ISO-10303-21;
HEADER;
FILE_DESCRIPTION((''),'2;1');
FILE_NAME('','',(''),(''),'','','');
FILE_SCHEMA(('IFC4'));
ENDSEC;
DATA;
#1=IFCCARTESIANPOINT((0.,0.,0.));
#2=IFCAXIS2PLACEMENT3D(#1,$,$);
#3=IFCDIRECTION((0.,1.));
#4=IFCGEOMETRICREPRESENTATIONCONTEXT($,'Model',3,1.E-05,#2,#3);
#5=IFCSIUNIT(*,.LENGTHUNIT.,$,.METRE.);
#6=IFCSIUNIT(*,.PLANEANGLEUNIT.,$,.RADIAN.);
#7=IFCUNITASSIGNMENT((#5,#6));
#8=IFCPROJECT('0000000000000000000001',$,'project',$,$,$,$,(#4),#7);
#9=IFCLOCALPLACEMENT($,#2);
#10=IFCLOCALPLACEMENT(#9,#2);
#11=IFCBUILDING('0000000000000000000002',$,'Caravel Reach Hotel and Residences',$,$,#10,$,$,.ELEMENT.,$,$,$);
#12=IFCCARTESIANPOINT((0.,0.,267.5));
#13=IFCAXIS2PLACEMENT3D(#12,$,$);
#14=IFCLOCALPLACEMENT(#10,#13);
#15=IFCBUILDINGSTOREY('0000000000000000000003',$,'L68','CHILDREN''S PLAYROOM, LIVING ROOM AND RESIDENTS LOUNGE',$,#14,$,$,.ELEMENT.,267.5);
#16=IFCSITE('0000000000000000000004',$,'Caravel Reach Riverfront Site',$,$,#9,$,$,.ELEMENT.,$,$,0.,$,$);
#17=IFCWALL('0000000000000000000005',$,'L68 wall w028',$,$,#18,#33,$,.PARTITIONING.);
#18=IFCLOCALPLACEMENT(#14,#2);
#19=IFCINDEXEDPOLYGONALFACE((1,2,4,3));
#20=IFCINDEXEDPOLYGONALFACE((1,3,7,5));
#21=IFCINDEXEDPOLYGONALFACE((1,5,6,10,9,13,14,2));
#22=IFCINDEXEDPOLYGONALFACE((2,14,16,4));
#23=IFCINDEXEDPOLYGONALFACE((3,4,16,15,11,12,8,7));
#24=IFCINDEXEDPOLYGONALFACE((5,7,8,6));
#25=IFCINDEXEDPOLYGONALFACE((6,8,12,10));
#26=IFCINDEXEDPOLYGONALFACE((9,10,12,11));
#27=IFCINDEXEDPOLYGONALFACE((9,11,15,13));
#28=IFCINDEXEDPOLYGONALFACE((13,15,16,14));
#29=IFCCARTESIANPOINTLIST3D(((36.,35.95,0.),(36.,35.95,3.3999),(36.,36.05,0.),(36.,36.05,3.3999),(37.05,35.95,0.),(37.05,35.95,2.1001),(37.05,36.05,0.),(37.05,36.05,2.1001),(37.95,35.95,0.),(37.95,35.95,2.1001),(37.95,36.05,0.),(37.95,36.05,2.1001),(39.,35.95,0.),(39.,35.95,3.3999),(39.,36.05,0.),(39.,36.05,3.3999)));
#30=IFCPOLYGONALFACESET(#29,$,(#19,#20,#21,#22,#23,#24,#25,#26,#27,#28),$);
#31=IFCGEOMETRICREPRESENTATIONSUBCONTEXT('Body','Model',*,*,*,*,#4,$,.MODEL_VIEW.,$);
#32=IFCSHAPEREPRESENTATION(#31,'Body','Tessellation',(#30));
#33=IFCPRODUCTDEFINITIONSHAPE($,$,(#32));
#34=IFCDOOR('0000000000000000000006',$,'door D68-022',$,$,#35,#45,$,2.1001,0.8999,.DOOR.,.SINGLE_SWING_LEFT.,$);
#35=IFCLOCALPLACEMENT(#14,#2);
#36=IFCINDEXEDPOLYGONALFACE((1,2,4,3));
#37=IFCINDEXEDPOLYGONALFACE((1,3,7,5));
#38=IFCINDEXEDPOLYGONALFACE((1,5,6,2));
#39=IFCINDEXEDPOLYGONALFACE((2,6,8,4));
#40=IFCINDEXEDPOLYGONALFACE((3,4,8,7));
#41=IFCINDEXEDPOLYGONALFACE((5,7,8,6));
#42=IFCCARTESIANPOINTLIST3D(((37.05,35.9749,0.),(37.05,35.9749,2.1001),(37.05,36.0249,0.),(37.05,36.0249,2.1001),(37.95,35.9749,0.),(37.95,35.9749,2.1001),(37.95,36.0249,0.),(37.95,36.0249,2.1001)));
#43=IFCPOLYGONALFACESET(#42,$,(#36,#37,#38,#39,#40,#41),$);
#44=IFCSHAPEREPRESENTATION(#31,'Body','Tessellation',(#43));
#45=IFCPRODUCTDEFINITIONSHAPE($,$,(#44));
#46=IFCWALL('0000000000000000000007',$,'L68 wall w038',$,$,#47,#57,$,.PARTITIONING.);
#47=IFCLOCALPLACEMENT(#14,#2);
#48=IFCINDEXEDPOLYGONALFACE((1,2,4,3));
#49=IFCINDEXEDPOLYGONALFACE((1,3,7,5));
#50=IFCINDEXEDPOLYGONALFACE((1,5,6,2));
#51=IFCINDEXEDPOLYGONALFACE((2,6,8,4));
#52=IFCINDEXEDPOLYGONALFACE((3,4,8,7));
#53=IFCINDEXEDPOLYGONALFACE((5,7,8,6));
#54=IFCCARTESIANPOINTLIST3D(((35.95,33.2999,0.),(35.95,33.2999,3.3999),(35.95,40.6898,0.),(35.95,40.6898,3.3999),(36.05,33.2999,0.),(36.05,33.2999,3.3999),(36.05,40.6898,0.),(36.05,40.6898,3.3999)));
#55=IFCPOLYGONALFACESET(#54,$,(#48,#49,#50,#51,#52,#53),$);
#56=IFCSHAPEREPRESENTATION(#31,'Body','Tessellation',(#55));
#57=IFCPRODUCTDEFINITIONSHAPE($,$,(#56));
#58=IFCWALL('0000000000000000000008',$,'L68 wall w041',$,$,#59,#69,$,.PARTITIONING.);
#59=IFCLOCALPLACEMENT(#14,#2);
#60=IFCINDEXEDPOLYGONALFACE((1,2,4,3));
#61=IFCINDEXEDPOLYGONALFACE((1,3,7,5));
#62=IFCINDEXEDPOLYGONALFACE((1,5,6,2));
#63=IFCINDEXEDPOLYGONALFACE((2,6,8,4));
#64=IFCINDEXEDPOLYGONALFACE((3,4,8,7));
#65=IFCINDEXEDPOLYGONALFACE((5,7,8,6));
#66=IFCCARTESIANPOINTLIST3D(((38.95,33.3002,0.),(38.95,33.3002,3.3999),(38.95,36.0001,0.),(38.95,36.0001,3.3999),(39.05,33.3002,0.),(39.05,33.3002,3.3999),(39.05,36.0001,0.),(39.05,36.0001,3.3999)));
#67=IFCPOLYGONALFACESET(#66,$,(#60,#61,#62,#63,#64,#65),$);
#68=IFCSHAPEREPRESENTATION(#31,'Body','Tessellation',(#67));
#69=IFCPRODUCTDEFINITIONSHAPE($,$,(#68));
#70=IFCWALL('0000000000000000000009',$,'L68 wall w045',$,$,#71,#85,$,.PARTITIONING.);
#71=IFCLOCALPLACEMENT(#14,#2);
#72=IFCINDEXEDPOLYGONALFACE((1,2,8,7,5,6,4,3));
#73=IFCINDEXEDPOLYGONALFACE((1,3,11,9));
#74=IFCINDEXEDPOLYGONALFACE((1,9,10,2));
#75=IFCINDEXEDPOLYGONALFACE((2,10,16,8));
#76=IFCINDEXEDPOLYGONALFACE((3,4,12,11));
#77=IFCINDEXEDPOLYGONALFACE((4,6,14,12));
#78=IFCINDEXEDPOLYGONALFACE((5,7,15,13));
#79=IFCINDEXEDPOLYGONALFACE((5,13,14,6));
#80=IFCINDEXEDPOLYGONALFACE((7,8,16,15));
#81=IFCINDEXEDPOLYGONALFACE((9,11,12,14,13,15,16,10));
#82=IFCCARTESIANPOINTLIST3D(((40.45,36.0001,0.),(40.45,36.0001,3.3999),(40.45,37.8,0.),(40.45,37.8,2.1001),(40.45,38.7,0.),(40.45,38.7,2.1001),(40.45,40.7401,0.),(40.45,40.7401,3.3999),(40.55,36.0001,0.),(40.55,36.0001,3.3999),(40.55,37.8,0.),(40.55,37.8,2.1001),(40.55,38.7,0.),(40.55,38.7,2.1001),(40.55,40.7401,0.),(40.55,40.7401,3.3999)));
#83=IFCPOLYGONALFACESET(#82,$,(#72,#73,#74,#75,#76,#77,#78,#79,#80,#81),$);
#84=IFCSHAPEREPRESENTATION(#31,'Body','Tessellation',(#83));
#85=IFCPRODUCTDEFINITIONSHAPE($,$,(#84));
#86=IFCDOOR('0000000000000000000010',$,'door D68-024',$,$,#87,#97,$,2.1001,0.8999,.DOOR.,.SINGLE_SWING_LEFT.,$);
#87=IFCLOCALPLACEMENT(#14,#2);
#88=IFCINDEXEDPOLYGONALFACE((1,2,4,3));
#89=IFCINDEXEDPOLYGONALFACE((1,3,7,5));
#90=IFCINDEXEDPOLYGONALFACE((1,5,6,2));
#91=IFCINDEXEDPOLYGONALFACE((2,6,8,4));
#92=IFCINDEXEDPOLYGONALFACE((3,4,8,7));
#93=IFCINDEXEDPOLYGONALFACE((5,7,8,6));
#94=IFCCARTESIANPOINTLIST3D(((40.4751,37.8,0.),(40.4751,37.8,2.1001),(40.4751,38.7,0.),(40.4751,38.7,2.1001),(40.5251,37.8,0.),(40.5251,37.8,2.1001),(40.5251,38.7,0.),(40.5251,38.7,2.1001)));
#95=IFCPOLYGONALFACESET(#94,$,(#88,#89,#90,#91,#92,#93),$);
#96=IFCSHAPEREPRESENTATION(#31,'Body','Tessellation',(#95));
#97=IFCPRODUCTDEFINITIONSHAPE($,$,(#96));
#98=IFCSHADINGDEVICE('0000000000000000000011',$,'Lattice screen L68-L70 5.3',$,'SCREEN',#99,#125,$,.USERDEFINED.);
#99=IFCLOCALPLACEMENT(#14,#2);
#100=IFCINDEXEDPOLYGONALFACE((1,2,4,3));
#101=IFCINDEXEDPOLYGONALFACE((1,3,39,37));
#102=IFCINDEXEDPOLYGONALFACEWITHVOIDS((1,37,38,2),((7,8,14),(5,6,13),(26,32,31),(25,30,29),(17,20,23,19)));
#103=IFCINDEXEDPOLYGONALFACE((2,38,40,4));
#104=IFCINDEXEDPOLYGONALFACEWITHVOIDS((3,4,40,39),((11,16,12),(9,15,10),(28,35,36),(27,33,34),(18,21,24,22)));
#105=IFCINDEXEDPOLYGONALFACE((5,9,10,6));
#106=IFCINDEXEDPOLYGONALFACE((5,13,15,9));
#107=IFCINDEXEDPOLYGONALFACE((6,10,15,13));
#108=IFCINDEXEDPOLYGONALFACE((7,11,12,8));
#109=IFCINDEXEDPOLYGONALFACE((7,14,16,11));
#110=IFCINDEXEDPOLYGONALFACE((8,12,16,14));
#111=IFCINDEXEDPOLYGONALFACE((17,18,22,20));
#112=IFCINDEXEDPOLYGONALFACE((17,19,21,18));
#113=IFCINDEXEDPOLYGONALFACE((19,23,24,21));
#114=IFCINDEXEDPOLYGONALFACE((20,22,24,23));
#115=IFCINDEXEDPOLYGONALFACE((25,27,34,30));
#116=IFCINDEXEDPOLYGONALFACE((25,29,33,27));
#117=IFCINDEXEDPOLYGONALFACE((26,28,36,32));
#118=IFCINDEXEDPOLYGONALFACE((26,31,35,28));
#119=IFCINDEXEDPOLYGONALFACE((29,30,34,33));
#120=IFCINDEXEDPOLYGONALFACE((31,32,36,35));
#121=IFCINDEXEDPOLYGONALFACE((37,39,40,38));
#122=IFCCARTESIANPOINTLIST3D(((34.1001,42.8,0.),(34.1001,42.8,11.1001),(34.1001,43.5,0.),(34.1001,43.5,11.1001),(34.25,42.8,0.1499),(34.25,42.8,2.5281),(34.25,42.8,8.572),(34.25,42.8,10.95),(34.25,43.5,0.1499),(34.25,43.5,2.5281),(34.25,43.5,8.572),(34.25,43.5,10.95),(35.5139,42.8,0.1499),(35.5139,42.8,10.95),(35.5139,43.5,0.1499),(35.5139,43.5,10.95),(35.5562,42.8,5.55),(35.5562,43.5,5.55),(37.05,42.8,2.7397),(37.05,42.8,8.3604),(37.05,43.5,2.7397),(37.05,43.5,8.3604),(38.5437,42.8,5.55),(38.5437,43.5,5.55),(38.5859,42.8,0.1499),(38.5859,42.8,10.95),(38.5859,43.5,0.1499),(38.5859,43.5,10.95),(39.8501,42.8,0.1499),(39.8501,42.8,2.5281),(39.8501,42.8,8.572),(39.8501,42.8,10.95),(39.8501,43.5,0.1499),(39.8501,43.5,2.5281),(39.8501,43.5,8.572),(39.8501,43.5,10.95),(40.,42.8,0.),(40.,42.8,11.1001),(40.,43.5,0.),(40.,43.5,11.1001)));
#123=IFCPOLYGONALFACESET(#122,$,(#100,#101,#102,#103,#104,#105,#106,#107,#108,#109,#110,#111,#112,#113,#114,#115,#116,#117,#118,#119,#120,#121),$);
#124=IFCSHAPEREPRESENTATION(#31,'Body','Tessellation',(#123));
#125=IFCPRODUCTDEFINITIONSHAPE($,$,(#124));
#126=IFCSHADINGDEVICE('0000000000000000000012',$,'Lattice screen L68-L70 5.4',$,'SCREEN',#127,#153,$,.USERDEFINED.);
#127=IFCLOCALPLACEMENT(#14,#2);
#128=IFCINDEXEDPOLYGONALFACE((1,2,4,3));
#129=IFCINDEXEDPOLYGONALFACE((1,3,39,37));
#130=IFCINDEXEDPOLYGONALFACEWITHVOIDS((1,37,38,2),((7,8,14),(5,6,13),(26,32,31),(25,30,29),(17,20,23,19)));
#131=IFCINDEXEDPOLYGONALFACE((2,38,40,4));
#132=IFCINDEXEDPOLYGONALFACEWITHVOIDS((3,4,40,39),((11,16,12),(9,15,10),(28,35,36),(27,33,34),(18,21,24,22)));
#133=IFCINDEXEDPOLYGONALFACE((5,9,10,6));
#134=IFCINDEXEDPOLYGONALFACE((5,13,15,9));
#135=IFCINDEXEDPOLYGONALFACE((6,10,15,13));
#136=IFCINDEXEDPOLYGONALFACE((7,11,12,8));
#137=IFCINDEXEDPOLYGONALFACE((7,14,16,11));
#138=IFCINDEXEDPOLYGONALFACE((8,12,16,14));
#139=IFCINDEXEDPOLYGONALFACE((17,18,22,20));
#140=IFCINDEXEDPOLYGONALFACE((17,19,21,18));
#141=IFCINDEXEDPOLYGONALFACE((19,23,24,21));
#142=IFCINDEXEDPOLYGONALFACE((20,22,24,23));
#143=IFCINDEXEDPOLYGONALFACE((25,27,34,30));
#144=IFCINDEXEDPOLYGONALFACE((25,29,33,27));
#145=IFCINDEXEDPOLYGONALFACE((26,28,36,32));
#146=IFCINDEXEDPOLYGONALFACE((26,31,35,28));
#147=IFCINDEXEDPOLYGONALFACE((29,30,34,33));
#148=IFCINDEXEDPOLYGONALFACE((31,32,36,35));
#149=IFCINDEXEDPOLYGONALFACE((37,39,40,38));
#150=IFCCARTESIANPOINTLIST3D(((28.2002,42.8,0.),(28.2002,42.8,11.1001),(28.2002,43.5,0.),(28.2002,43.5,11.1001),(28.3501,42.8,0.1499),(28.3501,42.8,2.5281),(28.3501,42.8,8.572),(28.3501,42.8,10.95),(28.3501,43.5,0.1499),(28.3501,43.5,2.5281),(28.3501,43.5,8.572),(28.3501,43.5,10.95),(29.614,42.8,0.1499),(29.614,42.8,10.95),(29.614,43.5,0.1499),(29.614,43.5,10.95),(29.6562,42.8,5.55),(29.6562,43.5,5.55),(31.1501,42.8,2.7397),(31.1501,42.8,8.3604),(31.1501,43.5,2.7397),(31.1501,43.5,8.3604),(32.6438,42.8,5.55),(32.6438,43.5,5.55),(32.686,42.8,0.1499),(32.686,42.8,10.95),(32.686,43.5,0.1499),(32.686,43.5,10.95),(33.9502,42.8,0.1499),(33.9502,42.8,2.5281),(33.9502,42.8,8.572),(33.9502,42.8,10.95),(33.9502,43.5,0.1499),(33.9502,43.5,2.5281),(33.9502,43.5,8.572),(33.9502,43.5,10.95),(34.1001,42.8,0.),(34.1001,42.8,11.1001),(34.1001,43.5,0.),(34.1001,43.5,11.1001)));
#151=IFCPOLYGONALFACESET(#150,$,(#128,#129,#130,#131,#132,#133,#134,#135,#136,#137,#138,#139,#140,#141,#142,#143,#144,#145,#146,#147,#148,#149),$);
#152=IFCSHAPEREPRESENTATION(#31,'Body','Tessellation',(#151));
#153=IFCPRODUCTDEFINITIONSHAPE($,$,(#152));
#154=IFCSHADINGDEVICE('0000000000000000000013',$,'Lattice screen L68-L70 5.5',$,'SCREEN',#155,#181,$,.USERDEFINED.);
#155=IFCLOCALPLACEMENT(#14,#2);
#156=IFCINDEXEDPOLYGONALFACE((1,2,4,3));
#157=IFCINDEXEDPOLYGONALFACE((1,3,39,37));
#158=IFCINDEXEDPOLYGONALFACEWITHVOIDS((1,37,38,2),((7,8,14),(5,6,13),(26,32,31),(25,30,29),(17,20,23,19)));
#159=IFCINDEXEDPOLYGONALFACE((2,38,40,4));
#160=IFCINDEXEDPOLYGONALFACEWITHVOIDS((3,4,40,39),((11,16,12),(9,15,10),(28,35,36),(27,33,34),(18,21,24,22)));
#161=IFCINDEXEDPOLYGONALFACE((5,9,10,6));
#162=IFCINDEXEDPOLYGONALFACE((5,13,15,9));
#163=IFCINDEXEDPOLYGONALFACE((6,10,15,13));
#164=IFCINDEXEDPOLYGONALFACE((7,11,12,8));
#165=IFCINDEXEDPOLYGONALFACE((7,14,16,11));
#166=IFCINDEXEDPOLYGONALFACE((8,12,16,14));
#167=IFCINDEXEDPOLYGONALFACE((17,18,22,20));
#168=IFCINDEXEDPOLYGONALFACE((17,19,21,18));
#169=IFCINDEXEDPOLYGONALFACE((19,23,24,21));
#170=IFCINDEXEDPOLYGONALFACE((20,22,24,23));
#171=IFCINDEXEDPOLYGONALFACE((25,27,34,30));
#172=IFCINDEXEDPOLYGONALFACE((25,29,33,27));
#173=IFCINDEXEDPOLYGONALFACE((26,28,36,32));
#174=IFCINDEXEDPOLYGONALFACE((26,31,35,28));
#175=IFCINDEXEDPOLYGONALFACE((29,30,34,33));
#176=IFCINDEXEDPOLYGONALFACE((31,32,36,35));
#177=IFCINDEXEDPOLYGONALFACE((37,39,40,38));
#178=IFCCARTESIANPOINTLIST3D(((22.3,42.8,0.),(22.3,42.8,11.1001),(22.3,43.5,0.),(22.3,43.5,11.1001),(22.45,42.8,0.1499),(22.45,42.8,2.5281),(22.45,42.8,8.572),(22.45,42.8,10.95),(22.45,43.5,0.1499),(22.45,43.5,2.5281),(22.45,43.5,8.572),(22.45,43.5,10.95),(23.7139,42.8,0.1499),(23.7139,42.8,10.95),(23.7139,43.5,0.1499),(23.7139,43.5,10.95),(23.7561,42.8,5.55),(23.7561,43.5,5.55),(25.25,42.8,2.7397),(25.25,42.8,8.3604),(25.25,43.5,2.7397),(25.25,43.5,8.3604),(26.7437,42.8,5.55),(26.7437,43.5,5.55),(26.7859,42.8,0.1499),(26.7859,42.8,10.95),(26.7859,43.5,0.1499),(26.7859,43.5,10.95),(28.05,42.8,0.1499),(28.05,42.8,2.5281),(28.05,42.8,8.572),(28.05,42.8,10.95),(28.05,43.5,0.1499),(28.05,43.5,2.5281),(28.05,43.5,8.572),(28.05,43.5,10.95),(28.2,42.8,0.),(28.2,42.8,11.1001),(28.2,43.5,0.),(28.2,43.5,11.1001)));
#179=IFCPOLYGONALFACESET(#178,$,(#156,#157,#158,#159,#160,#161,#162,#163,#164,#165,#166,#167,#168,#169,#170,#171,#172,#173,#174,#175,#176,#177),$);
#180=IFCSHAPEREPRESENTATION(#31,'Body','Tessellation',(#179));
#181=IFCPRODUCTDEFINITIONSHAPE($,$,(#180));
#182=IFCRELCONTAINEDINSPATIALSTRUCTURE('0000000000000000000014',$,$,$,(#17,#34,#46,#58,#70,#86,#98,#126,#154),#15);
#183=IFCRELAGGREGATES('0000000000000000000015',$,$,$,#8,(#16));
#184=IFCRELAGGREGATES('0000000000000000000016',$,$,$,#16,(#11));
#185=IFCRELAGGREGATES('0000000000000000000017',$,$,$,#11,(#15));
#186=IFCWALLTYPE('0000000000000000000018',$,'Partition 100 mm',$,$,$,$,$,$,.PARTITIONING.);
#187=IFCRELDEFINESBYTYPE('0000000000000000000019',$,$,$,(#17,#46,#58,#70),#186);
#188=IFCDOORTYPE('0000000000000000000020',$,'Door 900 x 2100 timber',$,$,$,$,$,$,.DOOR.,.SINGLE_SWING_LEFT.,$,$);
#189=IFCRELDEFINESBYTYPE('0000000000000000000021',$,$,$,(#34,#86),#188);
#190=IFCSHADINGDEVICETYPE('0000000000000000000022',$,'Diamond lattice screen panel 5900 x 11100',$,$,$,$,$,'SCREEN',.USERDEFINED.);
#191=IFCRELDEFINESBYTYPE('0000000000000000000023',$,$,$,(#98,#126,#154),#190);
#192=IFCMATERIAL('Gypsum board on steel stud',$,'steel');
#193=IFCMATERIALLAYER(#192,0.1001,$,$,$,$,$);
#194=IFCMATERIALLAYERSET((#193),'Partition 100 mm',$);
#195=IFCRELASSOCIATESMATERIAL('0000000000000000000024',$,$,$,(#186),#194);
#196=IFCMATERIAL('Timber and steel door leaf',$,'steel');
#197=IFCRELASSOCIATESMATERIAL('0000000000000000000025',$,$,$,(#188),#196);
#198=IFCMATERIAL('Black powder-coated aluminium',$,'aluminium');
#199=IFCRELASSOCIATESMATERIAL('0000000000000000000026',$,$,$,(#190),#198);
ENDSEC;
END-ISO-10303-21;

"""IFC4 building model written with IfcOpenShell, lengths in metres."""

from ifc_helpers import new_model, si_unit, direction, frame, frame_2d, origin, place, context, subcontext, project, spatial, polyline, rectangle, outline, extrude, material, layer, layer_set, type_object, element, fill, save


model = new_model("IFC4")

# Units and contexts
model_context = context("Model", 3, precision=1e-05, world=origin(), true_north=direction((0.0, 1.0)))
body_context = subcontext(model_context, "Body", "Model", "MODEL_VIEW")
ifc_project = project(units=[si_unit("LENGTHUNIT", "METRE"), si_unit("PLANEANGLEUNIT", "RADIAN")], contexts=[model_context])

# Site, building, storey
site_placement = place(None, origin())
site = spatial("IfcSite", under=ifc_project, at=site_placement, Name="Caravel Reach Riverfront Site", CompositionType="ELEMENT", RefElevation=0.0)
building_placement = place(site_placement, origin())
building = spatial("IfcBuilding", under=site, at=building_placement, Name="Caravel Reach Hotel and Residences", CompositionType="ELEMENT")
storey_placement = place(building_placement, frame((0.0, 0.0, 267.5)))
storey = spatial("IfcBuildingStorey", under=building, at=storey_placement, Name="L68", Description="CHILDREN'S PLAYROOM, LIVING ROOM AND RESIDENTS LOUNGE", CompositionType="ELEMENT", Elevation=267.5)

# Shared definitions
ifc_material_1 = material(Name="Gypsum board on steel stud", Category="steel")
ifc_layer_1 = layer(ifc_material_1, 0.1001)
ifc_layer_set_1 = layer_set([ifc_layer_1], Name="Partition 100 mm")
wall_type_1 = type_object("IfcWallType", Name="Partition 100 mm", PredefinedType="PARTITIONING", material=ifc_layer_set_1)

# Wall, opening, door
wall_1_placement = place(storey_placement, frame((36.0, 36.0, 0.0), z_axis=(0.0, 0.0, 1.0), x_axis=(1.0, 0.0, 0.0)))
wall_1 = element("IfcWall", 1, at=wall_1_placement, inside=storey, type_object=wall_type_1, Name="L68 wall w028", PredefinedType="PARTITIONING", context=body_context, shape_type="SweptSolid", body=[
    extrude(rectangle(XDim=3.0, YDim=0.1001, at=frame_2d((1.5, 0.0))), origin(), (0.0, 0.0, 1.0), 3.3999),
])
opening_1_placement = place(wall_1_placement, frame((1.05, 0.0, 0.0)))
opening_1 = element("IfcOpeningElement", 2, at=opening_1_placement, cuts=wall_1, PredefinedType="OPENING", context=body_context, shape_type="SweptSolid", body=[
    extrude(rectangle(XDim=0.8999, YDim=2.1001, at=frame_2d((0.45, 1.05))), frame((0.0, 0.0601, 0.0), z_axis=(0.0, -1.0, 0.0), x_axis=(1.0, 0.0, 0.0)), (0.0, 0.0, 1.0), 0.1201),
])
ifc_material_2 = material(Name="Timber and steel door leaf", Category="steel")
door_type = type_object("IfcDoorType", Name="Door 900 x 2100 timber", OperationType="SINGLE_SWING_LEFT", PredefinedType="DOOR", material=ifc_material_2)
door_1_placement = place(opening_1_placement, origin())
door_1 = element("IfcDoor", 3, at=door_1_placement, inside=storey, type_object=door_type, Name="door D68-022", OperationType="SINGLE_SWING_LEFT", OverallHeight=2.1001, OverallWidth=0.8999, PredefinedType="DOOR", context=body_context, shape_type="SweptSolid", body=[
    extrude(rectangle(XDim=0.8999, YDim=2.1001, at=frame_2d((0.45, 1.05))), frame((0.0, 0.0249, 0.0), z_axis=(0.0, -1.0, 0.0), x_axis=(1.0, 0.0, 0.0)), (0.0, 0.0, 1.0), 0.05),
])
fill(opening_1, door_1)

# Walls
wall_2_placement = place(storey_placement, frame((36.0, 33.3, 0.0), z_axis=(0.0, 0.0, 1.0), x_axis=(0.0, 1.0, 0.0)))
element("IfcWall", 4, at=wall_2_placement, inside=storey, type_object=wall_type_1, Name="L68 wall w038", PredefinedType="PARTITIONING", context=body_context, shape_type="SweptSolid", body=[
    extrude(rectangle(XDim=7.3899, YDim=0.1001, at=frame_2d((3.6948, 0.0))), origin(), (0.0, 0.0, 1.0), 3.3999),
])
wall_3_placement = place(storey_placement, frame((39.0, 33.3, 0.0), z_axis=(0.0, 0.0, 1.0), x_axis=(0.0, 1.0, 0.0)))
element("IfcWall", 5, at=wall_3_placement, inside=storey, type_object=wall_type_1, Name="L68 wall w041", PredefinedType="PARTITIONING", context=body_context, shape_type="SweptSolid", body=[
    extrude(rectangle(XDim=2.7, YDim=0.1001, at=frame_2d((1.3501, 0.0))), origin(), (0.0, 0.0, 1.0), 3.3999),
])

# Wall, opening, door
wall_4_placement = place(storey_placement, frame((40.5, 36.0, 0.0), z_axis=(0.0, 0.0, 1.0), x_axis=(0.0, 1.0, 0.0)))
wall_4 = element("IfcWall", 6, at=wall_4_placement, inside=storey, type_object=wall_type_1, Name="L68 wall w045", PredefinedType="PARTITIONING", context=body_context, shape_type="SweptSolid", body=[
    extrude(rectangle(XDim=4.74, YDim=0.1001, at=frame_2d((2.3701, 0.0))), origin(), (0.0, 0.0, 1.0), 3.3999),
])
opening_2_placement = place(wall_4_placement, frame((1.8, 0.0, 0.0)))
opening_2 = element("IfcOpeningElement", 7, at=opening_2_placement, cuts=wall_4, PredefinedType="OPENING", context=body_context, shape_type="SweptSolid", body=[
    extrude(rectangle(XDim=0.8999, YDim=2.1001, at=frame_2d((0.45, 1.05))), frame((0.0, 0.0601, 0.0), z_axis=(0.0, -1.0, 0.0), x_axis=(1.0, 0.0, 0.0)), (0.0, 0.0, 1.0), 0.1201),
])
door_2_placement = place(opening_2_placement, origin())
door_2 = element("IfcDoor", 8, at=door_2_placement, inside=storey, type_object=door_type, Name="door D68-024", OperationType="SINGLE_SWING_LEFT", OverallHeight=2.1001, OverallWidth=0.8999, PredefinedType="DOOR", context=body_context, shape_type="SweptSolid", body=[
    extrude(rectangle(XDim=0.8999, YDim=2.1001, at=frame_2d((0.45, 1.05))), frame((0.0, 0.0249, 0.0), z_axis=(0.0, -1.0, 0.0), x_axis=(1.0, 0.0, 0.0)), (0.0, 0.0, 1.0), 0.05),
])
fill(opening_2, door_2)

# Shading devices
ifc_material_3 = material(Name="Black powder-coated aluminium", Category="aluminium")
shading_device_type = type_object("IfcShadingDeviceType", Name="Diamond lattice screen panel 5900 x 11100", ElementType="SCREEN", PredefinedType="USERDEFINED", material=ifc_material_3)
for number, where, z_axis, x_axis, name in (
    (9, (40.0, 42.8, 0.0), (0.0, 1.0, 0.0), (-1.0, 0.0, 0.0), "Lattice screen L68-L70 5.3"),
    (10, (34.1001, 42.8, 0.0), (0.0, 1.0, 0.0), (-1.0, 0.0, 0.0), "Lattice screen L68-L70 5.4"),
    (11, (28.2, 42.8, 0.0), (0.0, 1.0, 0.0), (-1.0, 0.0, 0.0), "Lattice screen L68-L70 5.5"),
):
    element("IfcShadingDevice", number, at=place(storey_placement, frame(where, z_axis=z_axis, x_axis=x_axis)), inside=storey, type_object=shading_device_type, Name=name, ObjectType="SCREEN", PredefinedType="USERDEFINED", context=body_context, shape_type="SweptSolid", body=[
        extrude(outline(polyline([(0.0, 0.0), (5.8999, 0.0), (5.8999, 11.1001), (0.0, 11.1001), (0.0, 0.0)]), holes=[polyline([(1.4141, 0.1499), (0.1499, 2.5281), (0.1499, 0.1499), (1.4141, 0.1499)]), polyline([(0.1499, 8.572), (1.4141, 10.95), (0.1499, 10.95), (0.1499, 8.572)]), polyline([(2.95, 8.3604), (1.4563, 5.55), (2.95, 2.7397), (4.4438, 5.55), (2.95, 8.3604)]), polyline([(5.75, 2.5281), (4.4861, 0.1499), (5.75, 0.1499), (5.75, 2.5281)]), polyline([(4.4861, 10.95), (5.75, 8.572), (5.75, 10.95), (4.4861, 10.95)])]), origin(), (0.0, 0.0, 1.0), 0.7),
    ])

save(model, "model.ifc")
